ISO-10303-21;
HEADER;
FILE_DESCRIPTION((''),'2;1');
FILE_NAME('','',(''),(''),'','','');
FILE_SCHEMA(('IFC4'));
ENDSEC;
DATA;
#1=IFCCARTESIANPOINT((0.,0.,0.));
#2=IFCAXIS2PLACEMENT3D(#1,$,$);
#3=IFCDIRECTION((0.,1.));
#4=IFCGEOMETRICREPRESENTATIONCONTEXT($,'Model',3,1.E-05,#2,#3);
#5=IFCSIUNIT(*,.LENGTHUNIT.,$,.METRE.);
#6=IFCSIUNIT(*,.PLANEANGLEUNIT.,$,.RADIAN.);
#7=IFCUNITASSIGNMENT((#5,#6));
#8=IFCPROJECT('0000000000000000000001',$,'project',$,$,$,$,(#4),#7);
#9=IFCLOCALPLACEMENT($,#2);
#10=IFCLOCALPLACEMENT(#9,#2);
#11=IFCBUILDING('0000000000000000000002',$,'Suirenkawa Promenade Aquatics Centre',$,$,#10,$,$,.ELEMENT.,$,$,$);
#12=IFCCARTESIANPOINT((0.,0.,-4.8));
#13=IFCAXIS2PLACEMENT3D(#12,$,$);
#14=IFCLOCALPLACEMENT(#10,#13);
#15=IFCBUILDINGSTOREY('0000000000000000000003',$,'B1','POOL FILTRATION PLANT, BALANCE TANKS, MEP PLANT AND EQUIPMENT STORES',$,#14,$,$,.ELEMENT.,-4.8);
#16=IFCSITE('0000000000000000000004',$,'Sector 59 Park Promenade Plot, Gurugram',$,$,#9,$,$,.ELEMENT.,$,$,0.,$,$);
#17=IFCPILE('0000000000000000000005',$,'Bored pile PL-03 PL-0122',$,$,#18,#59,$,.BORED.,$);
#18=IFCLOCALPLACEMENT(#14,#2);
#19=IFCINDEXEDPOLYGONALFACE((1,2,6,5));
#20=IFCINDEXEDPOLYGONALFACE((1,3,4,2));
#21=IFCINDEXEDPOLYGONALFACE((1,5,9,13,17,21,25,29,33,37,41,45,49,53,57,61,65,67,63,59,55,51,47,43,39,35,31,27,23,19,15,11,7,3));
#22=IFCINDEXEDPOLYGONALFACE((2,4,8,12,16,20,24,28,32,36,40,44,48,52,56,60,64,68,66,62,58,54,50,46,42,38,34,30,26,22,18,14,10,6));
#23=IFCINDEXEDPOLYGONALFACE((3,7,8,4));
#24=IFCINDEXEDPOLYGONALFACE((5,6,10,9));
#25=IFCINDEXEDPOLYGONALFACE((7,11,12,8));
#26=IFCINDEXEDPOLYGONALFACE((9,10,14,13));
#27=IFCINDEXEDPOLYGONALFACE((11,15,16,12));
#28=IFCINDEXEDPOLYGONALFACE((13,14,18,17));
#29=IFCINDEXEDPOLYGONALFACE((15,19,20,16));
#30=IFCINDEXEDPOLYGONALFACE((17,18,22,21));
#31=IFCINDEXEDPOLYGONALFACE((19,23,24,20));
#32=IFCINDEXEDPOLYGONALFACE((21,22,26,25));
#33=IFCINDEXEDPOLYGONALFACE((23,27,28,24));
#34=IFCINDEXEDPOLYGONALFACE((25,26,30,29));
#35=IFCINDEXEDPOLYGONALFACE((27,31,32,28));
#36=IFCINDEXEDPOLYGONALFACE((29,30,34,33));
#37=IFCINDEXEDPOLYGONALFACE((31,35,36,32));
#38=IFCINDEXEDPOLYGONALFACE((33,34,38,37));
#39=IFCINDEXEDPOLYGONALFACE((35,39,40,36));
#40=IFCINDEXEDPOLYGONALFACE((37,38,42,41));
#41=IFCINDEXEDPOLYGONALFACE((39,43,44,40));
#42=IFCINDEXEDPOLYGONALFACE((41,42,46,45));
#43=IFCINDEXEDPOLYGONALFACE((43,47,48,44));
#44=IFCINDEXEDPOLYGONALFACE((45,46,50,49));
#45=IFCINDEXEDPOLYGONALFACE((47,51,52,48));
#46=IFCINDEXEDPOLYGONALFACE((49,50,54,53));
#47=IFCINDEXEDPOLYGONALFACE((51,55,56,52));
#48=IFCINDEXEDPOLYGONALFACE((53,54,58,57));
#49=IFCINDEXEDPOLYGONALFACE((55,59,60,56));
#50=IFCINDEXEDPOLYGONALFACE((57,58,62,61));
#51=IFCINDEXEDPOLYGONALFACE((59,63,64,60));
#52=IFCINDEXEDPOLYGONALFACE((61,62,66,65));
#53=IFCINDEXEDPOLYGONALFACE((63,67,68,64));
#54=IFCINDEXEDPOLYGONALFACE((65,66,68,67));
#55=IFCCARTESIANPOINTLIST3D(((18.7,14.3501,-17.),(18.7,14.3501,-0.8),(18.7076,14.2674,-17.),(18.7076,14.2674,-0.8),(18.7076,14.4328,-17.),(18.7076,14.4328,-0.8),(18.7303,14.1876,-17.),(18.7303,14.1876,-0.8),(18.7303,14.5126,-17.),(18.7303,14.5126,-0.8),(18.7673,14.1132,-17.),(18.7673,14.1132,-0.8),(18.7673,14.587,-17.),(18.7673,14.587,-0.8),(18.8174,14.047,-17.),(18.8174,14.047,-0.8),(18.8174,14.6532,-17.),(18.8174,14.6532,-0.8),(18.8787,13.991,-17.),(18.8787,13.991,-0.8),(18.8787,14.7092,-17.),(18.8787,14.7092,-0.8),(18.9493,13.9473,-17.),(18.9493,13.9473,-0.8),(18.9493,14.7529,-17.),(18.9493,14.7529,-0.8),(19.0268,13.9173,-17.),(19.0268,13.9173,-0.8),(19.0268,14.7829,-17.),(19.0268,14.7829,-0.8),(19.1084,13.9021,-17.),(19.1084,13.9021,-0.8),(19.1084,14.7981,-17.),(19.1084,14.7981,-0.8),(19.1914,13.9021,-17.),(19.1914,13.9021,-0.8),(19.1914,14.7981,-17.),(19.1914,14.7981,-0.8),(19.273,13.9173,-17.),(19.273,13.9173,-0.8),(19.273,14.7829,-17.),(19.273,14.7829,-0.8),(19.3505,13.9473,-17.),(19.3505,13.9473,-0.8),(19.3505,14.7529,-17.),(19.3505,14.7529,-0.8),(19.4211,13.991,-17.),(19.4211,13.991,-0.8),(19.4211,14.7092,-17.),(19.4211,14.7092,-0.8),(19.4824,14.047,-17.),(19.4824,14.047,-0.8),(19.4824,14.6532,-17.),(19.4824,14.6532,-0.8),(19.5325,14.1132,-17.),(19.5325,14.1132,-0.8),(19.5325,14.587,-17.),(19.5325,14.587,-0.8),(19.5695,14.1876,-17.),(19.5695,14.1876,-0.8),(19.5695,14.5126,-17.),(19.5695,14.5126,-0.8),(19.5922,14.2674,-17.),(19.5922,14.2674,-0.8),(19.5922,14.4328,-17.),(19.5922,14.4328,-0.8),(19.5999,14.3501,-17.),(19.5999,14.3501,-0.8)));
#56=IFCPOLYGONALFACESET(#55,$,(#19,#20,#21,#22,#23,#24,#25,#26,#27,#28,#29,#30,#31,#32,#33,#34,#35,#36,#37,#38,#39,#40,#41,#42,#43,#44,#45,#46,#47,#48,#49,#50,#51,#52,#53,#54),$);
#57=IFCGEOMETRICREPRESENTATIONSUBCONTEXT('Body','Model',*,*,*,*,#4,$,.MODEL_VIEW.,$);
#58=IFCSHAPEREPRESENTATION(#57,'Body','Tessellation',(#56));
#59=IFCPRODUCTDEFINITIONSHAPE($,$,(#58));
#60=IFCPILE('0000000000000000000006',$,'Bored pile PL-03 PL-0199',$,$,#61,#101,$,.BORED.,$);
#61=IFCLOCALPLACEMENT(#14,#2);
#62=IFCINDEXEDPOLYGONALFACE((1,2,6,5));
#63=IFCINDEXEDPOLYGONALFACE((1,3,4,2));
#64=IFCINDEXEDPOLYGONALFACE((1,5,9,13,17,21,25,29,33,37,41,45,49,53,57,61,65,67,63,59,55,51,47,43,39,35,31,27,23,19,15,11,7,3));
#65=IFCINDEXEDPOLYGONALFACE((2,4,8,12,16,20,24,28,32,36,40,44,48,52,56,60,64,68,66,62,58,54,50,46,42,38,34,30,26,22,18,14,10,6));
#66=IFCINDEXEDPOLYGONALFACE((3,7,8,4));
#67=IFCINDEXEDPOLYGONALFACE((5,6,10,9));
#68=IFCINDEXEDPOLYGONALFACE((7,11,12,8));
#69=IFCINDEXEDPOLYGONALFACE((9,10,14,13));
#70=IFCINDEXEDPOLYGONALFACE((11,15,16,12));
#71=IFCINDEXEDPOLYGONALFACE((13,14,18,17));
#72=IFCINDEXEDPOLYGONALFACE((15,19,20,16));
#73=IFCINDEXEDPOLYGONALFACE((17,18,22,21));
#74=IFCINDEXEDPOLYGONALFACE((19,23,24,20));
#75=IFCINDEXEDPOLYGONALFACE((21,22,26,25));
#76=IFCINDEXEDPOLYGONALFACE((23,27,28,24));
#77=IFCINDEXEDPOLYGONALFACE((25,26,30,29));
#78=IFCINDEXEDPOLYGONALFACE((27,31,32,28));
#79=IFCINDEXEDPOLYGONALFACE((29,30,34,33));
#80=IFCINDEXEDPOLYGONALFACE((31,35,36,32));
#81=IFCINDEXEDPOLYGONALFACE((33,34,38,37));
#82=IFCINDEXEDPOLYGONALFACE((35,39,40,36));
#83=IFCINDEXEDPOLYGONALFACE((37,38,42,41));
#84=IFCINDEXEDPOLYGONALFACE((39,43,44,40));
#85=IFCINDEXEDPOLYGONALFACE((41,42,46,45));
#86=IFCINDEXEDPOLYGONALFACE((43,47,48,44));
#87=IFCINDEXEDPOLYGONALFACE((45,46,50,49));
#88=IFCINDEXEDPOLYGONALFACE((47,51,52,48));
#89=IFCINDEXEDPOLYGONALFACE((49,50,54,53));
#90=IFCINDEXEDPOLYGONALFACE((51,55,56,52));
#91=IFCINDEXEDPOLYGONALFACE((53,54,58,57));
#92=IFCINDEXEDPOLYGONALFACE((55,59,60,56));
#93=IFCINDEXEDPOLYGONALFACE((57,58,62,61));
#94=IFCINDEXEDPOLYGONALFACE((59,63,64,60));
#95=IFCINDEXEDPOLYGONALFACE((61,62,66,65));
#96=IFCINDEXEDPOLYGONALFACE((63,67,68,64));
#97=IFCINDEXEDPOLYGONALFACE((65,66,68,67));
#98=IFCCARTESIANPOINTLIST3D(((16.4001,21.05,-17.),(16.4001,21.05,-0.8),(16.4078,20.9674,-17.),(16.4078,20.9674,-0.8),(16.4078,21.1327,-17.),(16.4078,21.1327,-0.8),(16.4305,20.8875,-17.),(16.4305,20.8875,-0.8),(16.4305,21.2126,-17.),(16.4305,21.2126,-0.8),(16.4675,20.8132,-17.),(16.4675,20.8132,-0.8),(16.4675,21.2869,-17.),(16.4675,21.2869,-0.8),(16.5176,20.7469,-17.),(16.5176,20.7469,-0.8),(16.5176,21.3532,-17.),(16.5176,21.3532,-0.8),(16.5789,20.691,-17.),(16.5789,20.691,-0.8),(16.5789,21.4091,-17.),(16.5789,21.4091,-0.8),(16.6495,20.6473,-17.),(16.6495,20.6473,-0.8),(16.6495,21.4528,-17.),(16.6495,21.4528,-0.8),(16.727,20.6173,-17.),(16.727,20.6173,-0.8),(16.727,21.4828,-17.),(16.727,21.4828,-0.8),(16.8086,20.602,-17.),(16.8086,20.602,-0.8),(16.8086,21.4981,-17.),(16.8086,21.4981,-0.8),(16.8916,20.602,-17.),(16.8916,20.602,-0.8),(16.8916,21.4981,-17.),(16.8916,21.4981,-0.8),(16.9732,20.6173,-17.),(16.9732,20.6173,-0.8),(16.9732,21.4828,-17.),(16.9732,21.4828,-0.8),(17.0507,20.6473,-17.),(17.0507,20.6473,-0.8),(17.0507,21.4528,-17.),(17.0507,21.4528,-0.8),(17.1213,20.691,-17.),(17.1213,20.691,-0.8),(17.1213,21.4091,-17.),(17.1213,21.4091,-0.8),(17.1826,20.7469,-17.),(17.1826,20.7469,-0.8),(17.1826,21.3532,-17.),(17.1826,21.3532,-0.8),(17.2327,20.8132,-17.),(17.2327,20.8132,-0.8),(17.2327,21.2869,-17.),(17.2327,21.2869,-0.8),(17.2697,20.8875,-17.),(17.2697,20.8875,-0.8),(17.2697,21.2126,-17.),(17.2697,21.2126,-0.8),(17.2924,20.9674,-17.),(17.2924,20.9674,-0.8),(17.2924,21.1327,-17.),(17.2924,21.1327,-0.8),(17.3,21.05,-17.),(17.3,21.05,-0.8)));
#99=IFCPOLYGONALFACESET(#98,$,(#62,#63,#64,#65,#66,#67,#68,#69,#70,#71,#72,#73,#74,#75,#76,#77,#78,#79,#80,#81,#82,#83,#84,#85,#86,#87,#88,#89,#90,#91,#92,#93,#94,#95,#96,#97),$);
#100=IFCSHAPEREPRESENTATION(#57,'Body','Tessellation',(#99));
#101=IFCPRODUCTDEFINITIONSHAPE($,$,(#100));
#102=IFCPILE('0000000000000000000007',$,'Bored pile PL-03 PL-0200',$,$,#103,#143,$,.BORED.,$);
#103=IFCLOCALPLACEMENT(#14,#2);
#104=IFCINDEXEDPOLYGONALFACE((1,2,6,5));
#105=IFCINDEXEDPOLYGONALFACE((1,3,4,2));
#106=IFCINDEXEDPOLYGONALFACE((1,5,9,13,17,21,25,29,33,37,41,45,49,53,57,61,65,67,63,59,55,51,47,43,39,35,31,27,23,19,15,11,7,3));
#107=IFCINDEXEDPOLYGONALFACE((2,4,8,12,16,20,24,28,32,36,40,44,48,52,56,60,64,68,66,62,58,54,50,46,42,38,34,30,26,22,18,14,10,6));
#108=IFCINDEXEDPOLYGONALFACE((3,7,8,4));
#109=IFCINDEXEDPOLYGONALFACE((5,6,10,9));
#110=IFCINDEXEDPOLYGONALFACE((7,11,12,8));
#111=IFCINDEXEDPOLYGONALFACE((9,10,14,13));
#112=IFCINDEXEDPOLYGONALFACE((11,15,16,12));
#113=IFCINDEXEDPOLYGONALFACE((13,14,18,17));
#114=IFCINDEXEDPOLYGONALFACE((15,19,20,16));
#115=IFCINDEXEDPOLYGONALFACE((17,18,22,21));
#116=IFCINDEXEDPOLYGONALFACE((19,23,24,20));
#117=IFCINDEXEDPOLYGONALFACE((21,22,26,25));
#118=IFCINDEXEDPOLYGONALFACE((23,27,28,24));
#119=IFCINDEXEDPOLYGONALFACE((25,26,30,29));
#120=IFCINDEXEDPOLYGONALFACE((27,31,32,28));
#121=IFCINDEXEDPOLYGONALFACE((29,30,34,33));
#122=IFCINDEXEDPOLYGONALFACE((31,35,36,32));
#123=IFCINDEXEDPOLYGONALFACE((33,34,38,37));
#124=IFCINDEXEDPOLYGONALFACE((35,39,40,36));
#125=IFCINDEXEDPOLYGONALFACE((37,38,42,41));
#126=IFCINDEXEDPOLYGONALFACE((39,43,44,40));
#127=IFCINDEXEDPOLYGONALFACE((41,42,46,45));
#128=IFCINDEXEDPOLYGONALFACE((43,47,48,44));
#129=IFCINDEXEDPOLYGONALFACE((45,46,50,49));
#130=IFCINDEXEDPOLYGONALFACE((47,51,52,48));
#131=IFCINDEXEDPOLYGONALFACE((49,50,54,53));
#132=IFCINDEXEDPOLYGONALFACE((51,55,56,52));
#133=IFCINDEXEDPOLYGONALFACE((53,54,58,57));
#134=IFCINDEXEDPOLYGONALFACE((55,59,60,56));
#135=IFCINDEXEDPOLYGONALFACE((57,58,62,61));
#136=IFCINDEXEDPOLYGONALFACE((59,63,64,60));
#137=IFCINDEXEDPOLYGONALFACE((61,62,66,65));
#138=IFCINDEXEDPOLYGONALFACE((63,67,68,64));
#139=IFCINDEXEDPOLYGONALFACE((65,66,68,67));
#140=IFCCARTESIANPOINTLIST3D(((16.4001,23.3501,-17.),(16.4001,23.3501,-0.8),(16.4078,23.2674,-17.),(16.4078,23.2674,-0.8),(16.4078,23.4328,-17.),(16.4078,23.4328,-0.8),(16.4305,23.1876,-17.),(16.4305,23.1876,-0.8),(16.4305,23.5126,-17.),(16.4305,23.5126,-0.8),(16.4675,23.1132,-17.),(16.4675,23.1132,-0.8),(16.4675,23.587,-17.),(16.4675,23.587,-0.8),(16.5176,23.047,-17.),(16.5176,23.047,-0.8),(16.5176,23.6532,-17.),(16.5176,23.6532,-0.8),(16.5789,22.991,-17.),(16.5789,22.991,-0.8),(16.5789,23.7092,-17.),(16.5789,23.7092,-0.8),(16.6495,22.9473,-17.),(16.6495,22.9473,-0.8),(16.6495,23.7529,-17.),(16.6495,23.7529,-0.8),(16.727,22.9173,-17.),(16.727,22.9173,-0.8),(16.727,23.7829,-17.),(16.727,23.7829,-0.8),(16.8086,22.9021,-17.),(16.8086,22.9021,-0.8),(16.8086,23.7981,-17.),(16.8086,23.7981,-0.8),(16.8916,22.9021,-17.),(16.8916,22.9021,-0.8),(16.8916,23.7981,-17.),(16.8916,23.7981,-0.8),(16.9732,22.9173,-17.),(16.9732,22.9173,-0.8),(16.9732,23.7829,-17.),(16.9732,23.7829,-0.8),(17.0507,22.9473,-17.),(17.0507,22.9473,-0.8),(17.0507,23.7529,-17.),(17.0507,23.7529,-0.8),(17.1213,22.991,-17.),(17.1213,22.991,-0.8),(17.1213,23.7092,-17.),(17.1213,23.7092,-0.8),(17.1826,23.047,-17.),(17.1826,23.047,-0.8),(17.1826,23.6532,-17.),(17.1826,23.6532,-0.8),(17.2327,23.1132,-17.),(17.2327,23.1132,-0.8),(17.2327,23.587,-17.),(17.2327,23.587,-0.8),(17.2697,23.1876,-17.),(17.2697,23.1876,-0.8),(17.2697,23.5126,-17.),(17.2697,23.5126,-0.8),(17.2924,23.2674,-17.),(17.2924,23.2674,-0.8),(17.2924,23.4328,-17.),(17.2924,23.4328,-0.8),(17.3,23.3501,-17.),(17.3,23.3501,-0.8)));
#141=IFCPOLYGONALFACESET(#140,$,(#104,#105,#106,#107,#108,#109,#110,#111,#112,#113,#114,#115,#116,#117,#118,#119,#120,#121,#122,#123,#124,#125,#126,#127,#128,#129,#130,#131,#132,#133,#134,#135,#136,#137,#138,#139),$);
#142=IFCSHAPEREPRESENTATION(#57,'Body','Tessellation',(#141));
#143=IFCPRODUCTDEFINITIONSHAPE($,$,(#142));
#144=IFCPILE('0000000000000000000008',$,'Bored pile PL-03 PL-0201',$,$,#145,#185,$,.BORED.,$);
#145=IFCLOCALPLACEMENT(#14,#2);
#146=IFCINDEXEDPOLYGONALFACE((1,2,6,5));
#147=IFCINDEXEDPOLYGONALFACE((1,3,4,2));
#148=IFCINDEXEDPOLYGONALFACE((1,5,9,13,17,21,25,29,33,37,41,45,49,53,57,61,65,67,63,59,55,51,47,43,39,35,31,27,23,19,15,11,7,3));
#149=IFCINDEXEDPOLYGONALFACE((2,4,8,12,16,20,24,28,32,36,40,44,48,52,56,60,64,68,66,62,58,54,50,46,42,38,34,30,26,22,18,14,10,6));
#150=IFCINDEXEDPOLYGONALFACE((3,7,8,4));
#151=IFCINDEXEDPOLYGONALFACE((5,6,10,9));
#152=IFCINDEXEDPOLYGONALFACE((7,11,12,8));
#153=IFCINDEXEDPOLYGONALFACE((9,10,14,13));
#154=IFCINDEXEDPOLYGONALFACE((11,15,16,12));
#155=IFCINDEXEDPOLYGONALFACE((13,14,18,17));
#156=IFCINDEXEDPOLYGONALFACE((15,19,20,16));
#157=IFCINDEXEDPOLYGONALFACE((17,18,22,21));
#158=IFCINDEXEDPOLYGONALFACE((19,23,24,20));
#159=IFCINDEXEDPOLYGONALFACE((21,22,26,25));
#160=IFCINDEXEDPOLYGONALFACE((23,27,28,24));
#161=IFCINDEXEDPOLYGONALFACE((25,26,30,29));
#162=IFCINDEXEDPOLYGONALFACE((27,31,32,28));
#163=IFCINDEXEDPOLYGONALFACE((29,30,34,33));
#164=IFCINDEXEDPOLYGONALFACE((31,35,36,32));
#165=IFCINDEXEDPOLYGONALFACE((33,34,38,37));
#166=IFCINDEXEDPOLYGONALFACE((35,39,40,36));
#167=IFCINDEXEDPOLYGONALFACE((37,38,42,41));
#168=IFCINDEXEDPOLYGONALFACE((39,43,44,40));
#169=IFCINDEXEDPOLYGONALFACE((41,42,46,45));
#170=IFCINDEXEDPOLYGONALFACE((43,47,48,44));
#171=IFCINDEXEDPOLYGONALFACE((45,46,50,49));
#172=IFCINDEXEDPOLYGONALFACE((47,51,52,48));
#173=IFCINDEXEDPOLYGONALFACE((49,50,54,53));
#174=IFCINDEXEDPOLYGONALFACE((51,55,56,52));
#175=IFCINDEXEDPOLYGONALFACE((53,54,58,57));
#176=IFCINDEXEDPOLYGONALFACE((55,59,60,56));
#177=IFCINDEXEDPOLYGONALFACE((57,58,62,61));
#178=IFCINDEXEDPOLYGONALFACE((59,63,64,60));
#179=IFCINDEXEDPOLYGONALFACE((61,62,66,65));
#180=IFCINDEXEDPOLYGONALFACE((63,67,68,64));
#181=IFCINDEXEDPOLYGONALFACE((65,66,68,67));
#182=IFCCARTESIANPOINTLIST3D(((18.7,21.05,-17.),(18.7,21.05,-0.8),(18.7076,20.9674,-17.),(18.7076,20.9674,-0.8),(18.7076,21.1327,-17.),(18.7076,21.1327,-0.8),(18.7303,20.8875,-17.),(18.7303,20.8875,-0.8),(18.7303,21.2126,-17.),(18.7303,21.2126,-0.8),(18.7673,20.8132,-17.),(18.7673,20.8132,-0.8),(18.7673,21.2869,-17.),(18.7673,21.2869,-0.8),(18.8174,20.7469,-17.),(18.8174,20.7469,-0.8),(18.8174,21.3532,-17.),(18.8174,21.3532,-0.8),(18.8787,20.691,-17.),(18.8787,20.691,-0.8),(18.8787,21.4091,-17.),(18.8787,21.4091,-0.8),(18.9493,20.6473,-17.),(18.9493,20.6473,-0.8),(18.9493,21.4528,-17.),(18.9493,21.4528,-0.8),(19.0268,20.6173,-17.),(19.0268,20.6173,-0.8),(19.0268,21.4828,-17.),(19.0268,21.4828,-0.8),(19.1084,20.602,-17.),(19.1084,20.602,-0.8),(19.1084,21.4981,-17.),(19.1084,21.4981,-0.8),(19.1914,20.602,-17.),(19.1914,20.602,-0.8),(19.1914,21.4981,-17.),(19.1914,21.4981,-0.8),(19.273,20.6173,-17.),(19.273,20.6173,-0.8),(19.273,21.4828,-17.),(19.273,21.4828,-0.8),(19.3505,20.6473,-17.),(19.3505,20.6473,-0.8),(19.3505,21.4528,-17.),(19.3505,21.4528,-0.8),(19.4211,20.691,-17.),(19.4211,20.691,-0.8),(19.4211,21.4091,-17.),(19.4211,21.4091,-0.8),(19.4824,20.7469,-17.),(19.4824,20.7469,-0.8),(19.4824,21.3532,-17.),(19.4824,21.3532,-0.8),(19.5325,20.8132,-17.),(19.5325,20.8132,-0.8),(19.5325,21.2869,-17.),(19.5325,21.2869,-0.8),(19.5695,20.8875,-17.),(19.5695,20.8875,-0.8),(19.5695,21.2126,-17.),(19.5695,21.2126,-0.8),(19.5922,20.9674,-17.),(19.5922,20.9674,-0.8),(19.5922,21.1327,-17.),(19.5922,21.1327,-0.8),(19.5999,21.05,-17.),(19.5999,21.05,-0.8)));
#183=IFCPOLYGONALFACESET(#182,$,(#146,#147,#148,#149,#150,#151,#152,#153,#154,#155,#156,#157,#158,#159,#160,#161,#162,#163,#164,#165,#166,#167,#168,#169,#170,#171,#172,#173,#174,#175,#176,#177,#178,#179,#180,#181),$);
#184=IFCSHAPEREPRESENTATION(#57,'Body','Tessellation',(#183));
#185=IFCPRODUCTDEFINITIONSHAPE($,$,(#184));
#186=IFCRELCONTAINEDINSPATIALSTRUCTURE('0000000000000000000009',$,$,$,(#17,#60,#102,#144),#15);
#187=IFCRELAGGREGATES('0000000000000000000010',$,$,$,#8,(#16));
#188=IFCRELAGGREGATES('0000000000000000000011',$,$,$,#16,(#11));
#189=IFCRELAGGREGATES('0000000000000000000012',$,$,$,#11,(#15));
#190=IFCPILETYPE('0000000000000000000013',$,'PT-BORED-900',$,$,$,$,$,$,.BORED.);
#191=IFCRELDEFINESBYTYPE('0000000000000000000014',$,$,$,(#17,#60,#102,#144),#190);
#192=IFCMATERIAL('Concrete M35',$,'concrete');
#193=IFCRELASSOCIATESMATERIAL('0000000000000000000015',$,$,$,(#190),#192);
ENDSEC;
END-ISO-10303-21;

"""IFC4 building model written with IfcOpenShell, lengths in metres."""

from ifc_helpers import new_model, si_unit, direction, frame, origin, origin_2d, place, context, subcontext, project, spatial, circle, extrude, material, material_profile, profile_set, type_object, element, save


model = new_model("IFC4")

# Units and contexts
model_context = context("Model", 3, precision=1e-05, world=origin(), true_north=direction((0.0, 1.0)))
body_context = subcontext(model_context, "Body", "Model", "MODEL_VIEW")
ifc_project = project(units=[si_unit("LENGTHUNIT", "METRE"), si_unit("PLANEANGLEUNIT", "RADIAN")], contexts=[model_context])

# Site, building, storey
site_placement = place(None, origin())
site = spatial("IfcSite", under=ifc_project, at=site_placement, Name="Sector 59 Park Promenade Plot, Gurugram", CompositionType="ELEMENT", RefElevation=0.0)
building_placement = place(site_placement, origin())
building = spatial("IfcBuilding", under=site, at=building_placement, Name="Suirenkawa Promenade Aquatics Centre", CompositionType="ELEMENT")
storey_placement = place(building_placement, frame((0.0, 0.0, -4.8)))
storey = spatial("IfcBuildingStorey", under=building, at=storey_placement, Name="B1", Description="POOL FILTRATION PLANT, BALANCE TANKS, MEP PLANT AND EQUIPMENT STORES", CompositionType="ELEMENT", Elevation=-4.8)

# Shared definitions
ifc_material_1 = material(Name="Concrete M35", Category="concrete")

# Piles
ifc_material_profile_1 = material_profile(ifc_material_1, circle(Radius=0.45, at=origin_2d()), Name="PILE D900", Category="concrete")
ifc_profile_set_1 = profile_set([ifc_material_profile_1], Name="Concrete M35")
pile_type_1 = type_object("IfcPileType", Name="PT-BORED-900", PredefinedType="BORED", material=ifc_profile_set_1)
for number, where, z_axis, x_axis, name in (
    (1, (19.1499, 14.3501, -0.8), (0.0, 0.0, -1.0), (1.0, 0.0, 0.0), "Bored pile PL-03 PL-0122"),
    (2, (16.8501, 21.05, -0.8), (0.0, 0.0, -1.0), (1.0, 0.0, 0.0), "Bored pile PL-03 PL-0199"),
    (3, (16.8501, 23.3501, -0.8), (0.0, 0.0, -1.0), (1.0, 0.0, 0.0), "Bored pile PL-03 PL-0200"),
    (4, (19.1499, 21.05, -0.8), (0.0, 0.0, -1.0), (1.0, 0.0, 0.0), "Bored pile PL-03 PL-0201"),
):
    element("IfcPile", number, at=place(storey_placement, frame(where, z_axis=z_axis, x_axis=x_axis)), inside=storey, type_object=pile_type_1, Name=name, PredefinedType="BORED", context=body_context, shape_type="SweptSolid", body=[
        extrude(circle(Radius=0.45, at=origin_2d()), origin(), (0.0, 0.0, 1.0), 16.2),
    ])

save(model, "model.ifc")
